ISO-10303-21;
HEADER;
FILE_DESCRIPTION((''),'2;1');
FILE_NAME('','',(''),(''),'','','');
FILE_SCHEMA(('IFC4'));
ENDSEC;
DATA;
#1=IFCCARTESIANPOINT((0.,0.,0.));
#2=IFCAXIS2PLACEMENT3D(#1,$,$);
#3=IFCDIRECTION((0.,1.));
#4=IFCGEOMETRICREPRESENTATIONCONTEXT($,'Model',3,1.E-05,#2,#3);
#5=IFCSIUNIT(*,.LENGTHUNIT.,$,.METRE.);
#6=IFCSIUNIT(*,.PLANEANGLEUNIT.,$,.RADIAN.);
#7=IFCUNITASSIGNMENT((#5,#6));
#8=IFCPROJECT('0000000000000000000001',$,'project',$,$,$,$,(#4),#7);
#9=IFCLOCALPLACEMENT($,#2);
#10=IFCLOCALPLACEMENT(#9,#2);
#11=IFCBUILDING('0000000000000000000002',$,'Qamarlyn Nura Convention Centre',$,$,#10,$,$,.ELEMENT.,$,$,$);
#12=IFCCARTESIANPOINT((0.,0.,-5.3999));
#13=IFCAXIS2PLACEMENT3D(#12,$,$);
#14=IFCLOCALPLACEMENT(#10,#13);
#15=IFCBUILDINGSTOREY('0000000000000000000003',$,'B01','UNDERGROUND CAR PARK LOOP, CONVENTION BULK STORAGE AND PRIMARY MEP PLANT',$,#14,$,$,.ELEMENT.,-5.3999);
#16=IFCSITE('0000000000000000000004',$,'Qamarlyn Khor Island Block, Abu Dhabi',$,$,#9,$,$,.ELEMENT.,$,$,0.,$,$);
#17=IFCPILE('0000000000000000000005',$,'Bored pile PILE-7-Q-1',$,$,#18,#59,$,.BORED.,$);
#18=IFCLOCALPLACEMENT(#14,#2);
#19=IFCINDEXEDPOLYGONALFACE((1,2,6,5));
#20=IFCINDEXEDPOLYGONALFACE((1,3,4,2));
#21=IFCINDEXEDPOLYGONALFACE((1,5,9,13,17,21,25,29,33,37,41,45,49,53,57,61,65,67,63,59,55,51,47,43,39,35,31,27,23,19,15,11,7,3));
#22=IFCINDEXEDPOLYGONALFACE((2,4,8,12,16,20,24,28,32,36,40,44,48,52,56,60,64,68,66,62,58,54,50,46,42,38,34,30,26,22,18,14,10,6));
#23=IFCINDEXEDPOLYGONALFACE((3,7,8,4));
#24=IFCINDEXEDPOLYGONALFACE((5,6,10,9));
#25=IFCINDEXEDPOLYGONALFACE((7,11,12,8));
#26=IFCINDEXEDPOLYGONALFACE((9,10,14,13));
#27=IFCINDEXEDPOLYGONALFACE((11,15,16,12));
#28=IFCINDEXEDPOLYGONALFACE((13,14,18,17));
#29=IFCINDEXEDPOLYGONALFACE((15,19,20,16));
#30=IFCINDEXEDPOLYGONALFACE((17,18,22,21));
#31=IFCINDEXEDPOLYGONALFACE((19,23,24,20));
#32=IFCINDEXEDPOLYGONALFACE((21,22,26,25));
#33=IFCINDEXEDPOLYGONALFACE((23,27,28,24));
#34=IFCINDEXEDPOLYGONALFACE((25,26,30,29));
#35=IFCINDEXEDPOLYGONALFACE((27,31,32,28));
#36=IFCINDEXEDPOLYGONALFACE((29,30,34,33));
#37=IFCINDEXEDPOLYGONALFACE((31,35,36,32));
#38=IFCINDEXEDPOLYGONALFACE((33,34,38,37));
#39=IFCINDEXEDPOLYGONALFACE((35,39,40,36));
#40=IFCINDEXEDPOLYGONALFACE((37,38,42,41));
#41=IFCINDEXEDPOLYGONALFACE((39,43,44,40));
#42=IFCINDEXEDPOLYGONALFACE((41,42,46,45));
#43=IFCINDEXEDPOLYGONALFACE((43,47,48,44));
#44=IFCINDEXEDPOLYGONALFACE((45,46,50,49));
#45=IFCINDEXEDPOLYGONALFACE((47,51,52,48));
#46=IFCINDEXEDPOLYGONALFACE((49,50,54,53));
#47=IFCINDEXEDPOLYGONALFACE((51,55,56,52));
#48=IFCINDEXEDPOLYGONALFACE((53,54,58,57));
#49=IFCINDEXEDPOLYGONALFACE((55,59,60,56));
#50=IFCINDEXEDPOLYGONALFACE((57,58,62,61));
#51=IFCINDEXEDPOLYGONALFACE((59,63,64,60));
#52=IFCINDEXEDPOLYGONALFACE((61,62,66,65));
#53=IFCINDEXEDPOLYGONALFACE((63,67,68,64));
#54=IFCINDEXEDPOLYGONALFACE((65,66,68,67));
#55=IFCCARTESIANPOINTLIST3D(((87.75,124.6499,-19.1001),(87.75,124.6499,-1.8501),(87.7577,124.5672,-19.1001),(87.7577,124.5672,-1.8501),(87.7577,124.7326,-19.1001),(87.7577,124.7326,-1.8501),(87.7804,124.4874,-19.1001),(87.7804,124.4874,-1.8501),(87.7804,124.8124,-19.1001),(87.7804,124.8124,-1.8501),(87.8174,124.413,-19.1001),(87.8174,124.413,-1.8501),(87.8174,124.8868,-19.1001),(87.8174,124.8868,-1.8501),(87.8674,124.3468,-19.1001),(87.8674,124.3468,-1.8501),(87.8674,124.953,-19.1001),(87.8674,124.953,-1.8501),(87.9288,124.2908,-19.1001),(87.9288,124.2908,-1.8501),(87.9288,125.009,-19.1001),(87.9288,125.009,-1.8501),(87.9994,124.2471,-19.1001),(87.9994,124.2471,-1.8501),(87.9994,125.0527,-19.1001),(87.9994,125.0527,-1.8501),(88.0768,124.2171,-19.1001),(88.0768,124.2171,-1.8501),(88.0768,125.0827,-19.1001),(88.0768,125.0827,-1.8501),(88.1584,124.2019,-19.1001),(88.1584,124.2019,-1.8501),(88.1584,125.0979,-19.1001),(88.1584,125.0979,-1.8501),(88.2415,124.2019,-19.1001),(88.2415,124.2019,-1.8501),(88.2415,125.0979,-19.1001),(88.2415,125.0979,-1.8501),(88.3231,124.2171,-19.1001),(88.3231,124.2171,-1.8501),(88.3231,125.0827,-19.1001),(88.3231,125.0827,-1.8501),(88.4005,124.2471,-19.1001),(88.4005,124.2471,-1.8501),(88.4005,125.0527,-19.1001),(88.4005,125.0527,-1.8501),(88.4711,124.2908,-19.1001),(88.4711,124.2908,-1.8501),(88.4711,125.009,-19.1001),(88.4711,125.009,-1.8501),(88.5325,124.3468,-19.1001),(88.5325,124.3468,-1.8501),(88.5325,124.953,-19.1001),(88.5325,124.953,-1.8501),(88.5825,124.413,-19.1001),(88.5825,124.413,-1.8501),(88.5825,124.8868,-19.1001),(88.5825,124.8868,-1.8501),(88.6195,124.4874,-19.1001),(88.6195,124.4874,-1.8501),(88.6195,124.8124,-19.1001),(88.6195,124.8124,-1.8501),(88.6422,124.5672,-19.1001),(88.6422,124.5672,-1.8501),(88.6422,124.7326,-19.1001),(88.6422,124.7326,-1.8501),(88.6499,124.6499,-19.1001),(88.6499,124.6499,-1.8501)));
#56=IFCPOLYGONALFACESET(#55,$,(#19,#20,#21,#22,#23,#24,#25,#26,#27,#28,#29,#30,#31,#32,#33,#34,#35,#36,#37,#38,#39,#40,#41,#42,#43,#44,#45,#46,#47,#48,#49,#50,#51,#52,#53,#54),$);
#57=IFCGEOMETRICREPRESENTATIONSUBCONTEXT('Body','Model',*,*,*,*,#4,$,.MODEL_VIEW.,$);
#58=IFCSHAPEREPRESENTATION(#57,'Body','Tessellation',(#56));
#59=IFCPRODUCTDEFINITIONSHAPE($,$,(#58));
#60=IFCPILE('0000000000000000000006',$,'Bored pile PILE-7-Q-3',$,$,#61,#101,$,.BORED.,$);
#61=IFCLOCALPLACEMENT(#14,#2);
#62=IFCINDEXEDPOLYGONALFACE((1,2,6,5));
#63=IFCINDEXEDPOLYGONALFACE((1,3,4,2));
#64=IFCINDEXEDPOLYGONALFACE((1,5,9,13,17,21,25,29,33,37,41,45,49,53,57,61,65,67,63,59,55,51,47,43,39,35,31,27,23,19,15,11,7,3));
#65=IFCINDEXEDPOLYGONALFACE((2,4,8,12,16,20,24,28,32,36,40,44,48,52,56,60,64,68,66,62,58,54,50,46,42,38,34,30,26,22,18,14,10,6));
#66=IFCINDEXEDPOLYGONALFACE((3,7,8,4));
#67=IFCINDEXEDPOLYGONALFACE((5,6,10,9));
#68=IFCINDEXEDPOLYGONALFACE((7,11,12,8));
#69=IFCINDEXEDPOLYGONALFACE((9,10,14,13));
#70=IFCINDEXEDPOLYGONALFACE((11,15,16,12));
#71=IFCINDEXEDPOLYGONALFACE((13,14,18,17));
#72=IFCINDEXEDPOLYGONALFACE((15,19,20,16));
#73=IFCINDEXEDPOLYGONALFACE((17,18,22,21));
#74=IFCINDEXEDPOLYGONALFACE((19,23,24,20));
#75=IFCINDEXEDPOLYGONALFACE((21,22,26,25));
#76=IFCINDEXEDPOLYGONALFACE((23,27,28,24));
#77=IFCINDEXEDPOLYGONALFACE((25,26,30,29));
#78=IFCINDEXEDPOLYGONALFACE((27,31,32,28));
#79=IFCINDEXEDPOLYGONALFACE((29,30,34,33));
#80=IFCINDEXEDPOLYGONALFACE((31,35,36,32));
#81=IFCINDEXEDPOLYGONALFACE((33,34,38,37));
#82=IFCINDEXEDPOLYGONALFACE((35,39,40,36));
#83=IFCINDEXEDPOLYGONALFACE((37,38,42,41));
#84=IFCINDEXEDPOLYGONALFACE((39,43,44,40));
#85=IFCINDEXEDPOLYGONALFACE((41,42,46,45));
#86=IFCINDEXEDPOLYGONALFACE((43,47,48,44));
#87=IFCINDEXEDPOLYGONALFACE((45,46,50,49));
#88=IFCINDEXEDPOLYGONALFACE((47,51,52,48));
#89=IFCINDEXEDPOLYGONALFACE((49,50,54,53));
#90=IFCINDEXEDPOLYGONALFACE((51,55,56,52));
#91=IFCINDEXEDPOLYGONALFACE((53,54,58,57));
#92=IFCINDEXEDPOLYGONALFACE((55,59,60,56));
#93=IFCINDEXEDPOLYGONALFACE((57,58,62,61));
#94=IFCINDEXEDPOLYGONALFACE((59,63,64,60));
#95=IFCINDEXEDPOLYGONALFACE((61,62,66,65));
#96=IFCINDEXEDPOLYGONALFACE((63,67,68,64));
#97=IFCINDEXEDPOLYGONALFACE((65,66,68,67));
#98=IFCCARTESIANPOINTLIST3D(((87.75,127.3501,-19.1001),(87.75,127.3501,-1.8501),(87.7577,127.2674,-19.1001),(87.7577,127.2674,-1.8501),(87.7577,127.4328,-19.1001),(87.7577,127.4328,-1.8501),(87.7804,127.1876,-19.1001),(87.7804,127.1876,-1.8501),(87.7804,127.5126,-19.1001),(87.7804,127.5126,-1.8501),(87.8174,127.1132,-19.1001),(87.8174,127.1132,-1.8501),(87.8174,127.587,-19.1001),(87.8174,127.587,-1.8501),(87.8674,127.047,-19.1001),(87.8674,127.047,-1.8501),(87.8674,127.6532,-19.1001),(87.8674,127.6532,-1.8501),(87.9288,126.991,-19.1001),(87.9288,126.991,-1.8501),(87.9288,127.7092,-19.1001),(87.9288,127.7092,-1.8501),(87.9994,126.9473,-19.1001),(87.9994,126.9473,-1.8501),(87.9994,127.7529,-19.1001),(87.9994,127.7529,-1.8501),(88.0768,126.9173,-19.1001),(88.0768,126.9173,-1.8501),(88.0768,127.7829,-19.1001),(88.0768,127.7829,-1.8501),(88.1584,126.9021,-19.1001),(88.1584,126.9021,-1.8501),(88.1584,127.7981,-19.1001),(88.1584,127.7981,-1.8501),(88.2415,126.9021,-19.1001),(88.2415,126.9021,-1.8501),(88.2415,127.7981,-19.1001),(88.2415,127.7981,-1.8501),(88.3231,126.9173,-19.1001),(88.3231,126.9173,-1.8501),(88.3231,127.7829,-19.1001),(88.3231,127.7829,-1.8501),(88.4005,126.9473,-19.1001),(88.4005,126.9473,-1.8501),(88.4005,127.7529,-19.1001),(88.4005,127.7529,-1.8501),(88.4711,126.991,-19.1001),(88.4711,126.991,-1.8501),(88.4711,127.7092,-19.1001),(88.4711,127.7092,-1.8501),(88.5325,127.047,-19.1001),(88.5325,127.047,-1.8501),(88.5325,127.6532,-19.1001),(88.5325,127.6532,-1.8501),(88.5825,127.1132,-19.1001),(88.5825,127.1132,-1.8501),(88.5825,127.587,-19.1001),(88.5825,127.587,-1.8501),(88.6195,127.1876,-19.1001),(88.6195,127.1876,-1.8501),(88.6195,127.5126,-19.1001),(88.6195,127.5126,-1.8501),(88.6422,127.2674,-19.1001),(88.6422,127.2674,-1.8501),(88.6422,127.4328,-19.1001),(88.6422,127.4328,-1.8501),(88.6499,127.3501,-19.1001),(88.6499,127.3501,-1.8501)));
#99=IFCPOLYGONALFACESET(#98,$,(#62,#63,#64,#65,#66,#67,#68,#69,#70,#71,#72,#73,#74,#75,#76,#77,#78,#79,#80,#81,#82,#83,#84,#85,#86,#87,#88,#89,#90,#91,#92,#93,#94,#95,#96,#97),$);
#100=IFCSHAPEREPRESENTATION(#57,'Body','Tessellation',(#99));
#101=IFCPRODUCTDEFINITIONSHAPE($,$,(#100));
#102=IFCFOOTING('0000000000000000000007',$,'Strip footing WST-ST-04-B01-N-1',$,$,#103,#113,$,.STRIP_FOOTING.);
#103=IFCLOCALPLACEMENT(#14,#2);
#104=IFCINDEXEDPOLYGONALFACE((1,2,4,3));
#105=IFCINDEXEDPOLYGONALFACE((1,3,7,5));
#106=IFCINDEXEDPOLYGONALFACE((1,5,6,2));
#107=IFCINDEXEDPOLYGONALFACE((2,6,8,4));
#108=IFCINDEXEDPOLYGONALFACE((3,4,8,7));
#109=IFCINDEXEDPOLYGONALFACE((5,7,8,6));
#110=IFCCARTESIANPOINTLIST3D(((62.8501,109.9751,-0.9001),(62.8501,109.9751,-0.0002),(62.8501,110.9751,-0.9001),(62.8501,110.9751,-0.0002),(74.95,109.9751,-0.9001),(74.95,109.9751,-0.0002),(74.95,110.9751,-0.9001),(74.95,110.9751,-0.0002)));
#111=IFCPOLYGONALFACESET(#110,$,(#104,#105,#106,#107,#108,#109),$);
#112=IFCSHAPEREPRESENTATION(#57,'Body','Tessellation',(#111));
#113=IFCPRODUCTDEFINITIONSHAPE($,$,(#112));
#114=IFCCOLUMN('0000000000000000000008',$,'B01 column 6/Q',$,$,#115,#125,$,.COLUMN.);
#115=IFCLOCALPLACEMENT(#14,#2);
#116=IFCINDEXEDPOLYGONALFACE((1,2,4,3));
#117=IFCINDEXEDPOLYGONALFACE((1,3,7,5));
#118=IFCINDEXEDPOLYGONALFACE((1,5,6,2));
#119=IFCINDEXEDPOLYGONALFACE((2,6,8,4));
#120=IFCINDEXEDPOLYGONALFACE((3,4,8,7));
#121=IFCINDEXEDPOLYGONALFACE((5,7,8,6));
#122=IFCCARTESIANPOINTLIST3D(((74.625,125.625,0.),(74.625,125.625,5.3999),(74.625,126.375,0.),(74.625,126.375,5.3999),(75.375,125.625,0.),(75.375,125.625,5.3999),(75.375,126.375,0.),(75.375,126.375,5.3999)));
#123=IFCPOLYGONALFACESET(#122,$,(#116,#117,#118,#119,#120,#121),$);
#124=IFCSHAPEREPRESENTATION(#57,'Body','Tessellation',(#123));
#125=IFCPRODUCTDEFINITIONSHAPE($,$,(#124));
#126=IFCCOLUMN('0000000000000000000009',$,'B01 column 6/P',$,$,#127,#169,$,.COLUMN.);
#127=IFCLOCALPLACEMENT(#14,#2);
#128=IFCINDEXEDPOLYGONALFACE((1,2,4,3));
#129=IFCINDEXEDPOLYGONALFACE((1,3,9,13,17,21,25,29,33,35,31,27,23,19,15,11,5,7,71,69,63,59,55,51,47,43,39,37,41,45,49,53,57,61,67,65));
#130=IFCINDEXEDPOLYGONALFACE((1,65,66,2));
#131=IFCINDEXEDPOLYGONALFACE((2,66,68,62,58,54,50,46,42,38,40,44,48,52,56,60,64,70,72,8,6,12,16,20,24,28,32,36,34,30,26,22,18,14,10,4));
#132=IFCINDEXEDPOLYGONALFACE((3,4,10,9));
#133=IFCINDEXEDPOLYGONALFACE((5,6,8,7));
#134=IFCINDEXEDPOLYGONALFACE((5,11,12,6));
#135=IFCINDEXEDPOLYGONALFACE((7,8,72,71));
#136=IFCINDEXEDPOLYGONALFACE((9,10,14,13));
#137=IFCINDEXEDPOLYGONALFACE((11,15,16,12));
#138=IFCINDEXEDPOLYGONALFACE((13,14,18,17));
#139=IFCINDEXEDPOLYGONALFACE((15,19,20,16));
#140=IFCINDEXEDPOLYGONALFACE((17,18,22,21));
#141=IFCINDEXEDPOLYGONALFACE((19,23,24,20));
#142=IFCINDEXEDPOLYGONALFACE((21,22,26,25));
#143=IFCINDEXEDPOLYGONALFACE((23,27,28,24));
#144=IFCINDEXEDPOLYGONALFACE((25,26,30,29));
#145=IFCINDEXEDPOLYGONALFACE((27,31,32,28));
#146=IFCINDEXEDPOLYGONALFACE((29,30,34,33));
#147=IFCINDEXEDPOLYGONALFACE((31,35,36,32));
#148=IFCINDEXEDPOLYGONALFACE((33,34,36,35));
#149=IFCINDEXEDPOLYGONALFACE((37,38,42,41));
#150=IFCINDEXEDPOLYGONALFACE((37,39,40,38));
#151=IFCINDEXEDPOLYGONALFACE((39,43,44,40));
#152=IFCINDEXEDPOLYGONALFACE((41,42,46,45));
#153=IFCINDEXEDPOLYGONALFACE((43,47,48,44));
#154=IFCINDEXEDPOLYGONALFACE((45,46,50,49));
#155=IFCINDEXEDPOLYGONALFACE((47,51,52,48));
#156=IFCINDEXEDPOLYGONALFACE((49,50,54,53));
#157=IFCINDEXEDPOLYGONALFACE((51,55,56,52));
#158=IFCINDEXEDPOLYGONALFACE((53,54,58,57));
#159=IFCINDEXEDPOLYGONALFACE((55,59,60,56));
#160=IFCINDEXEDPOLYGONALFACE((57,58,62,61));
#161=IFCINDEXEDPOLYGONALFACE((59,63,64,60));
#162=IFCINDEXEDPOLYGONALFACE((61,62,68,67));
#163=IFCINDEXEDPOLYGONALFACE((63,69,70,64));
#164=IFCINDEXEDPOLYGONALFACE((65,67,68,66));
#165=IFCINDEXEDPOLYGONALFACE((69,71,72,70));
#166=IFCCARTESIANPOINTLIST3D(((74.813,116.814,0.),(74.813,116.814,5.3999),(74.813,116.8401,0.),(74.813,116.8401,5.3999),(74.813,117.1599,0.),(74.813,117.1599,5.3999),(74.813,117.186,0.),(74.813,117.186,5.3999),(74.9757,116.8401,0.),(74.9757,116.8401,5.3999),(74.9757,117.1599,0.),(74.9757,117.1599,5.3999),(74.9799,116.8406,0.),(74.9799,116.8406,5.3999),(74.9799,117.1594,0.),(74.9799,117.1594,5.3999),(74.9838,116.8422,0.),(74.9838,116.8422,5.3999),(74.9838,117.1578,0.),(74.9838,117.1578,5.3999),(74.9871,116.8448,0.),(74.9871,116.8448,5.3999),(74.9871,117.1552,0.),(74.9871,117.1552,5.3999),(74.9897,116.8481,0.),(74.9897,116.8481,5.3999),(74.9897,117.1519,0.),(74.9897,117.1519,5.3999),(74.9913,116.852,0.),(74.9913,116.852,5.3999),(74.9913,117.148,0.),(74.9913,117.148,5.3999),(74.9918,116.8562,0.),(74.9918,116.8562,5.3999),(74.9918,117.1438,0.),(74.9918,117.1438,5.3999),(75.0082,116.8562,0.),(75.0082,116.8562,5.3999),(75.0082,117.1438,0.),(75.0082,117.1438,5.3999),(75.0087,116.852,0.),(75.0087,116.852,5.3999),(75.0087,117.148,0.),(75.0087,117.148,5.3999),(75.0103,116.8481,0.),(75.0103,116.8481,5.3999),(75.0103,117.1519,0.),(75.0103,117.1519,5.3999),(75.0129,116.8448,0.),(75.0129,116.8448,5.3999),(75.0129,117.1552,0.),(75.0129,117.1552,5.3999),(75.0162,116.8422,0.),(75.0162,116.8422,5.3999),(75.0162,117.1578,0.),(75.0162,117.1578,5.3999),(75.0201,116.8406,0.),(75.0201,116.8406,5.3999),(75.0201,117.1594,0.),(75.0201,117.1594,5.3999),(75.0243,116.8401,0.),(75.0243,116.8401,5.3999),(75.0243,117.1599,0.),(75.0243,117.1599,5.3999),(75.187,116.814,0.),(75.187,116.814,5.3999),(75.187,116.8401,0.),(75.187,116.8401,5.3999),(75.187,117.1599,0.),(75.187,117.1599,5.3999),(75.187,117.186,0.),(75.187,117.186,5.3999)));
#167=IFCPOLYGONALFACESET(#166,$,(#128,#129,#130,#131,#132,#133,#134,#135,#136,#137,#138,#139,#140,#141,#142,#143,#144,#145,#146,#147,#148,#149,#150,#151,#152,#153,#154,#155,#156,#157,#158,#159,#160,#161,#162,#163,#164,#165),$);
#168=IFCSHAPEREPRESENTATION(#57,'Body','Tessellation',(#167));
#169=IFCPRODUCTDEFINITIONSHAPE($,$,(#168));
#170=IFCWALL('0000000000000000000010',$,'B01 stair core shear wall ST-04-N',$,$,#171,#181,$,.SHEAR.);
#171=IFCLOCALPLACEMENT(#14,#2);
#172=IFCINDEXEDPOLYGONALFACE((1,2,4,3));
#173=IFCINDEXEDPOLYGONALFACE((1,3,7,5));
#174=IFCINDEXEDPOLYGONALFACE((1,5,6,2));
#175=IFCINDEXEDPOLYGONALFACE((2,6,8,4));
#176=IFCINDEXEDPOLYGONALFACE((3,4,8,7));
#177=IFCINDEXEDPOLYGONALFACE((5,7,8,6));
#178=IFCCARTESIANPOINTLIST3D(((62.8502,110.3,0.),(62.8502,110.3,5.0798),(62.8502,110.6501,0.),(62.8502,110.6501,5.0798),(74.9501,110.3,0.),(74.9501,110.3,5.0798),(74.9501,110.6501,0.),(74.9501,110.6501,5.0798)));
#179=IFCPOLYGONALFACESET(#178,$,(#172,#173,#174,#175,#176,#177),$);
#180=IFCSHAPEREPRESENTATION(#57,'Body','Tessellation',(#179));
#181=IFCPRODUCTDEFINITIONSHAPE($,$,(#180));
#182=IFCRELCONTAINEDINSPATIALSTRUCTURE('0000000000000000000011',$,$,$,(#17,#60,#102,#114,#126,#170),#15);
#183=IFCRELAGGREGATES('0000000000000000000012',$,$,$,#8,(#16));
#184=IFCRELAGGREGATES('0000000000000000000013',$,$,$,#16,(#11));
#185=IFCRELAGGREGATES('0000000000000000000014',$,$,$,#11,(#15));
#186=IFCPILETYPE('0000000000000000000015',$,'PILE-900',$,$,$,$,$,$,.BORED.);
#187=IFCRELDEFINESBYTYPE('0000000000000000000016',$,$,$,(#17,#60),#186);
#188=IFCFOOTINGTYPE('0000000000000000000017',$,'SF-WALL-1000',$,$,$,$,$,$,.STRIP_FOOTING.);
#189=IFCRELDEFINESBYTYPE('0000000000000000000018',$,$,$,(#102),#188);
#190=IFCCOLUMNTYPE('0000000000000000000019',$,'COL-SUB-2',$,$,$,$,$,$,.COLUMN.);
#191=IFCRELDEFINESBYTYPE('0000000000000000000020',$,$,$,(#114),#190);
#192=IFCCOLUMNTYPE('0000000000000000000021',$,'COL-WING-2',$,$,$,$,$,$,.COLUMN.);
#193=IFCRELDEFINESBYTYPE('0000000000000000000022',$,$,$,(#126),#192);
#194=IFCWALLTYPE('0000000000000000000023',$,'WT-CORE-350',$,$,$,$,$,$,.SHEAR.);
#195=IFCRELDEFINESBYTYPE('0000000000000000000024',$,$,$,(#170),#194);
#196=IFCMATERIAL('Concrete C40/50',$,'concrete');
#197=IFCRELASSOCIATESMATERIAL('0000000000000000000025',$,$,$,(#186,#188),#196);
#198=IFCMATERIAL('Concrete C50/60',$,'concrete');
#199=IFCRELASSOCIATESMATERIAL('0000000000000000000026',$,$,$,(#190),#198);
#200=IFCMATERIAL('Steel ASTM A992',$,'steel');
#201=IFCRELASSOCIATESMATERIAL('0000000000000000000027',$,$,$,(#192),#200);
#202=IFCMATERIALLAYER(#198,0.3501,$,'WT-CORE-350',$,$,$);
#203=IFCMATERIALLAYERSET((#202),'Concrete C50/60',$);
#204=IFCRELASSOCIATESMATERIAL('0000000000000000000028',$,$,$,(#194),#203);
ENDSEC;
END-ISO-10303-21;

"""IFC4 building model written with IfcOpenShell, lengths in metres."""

from ifc_helpers import new_model, si_unit, direction, frame, frame_2d, origin, origin_2d, place, context, subcontext, project, spatial, rectangle, circle, i_section, extrude, material, layer, layer_set, material_profile, profile_set, type_object, element, save


model = new_model("IFC4")

# Units and contexts
model_context = context("Model", 3, precision=1e-05, world=origin(), true_north=direction((0.0, 1.0)))
body_context = subcontext(model_context, "Body", "Model", "MODEL_VIEW")
ifc_project = project(units=[si_unit("LENGTHUNIT", "METRE"), si_unit("PLANEANGLEUNIT", "RADIAN")], contexts=[model_context])

# Site, building, storey
site_placement = place(None, origin())
site = spatial("IfcSite", under=ifc_project, at=site_placement, Name="Qamarlyn Khor Island Block, Abu Dhabi", CompositionType="ELEMENT", RefElevation=0.0)
building_placement = place(site_placement, origin())
building = spatial("IfcBuilding", under=site, at=building_placement, Name="Qamarlyn Nura Convention Centre", CompositionType="ELEMENT")
storey_placement = place(building_placement, frame((0.0, 0.0, -5.3999)))
storey = spatial("IfcBuildingStorey", under=building, at=storey_placement, Name="B01", Description="UNDERGROUND CAR PARK LOOP, CONVENTION BULK STORAGE AND PRIMARY MEP PLANT", CompositionType="ELEMENT", Elevation=-5.3999)

# Shared definitions
ifc_material_1 = material(Name="Concrete C40/50", Category="concrete")

# Piles
ifc_material_profile_1 = material_profile(ifc_material_1, circle(Radius=0.45, at=origin_2d()), Name="BORED PILE 900")
ifc_profile_set_1 = profile_set([ifc_material_profile_1], Name="Concrete C40/50")
pile_type = type_object("IfcPileType", Name="PILE-900", PredefinedType="BORED", material=ifc_profile_set_1)
for number, where, z_axis, x_axis, name in (
    (1, (88.2, 124.6499, -1.8501), (0.0, 0.0, -1.0), (1.0, 0.0, 0.0), "Bored pile PILE-7-Q-1"),
    (2, (88.2, 127.3501, -1.8501), (0.0, 0.0, -1.0), (1.0, 0.0, 0.0), "Bored pile PILE-7-Q-3"),
):
    element("IfcPile", number, at=place(storey_placement, frame(where, z_axis=z_axis, x_axis=x_axis)), inside=storey, type_object=pile_type, Name=name, PredefinedType="BORED", context=body_context, shape_type="SweptSolid", body=[
        extrude(circle(Radius=0.45, at=origin_2d()), origin(), (0.0, 0.0, 1.0), 17.25),
    ])

# Footing
ifc_material_profile_2 = material_profile(ifc_material_1, rectangle(XDim=1.0, YDim=0.8999, at=origin_2d()), Name="RC STRIP 1000x900")
ifc_profile_set_2 = profile_set([ifc_material_profile_2], Name="Concrete C40/50")
footing_type_1 = type_object("IfcFootingType", Name="SF-WALL-1000", PredefinedType="STRIP_FOOTING", material=ifc_profile_set_2)
footing_1_placement = place(storey_placement, frame((74.95, 110.4751, -0.4502), z_axis=(-1.0, 0.0, 0.0), x_axis=(0.0, -1.0, 0.0)))
element("IfcFooting", 3, at=footing_1_placement, inside=storey, type_object=footing_type_1, Name="Strip footing WST-ST-04-B01-N-1", PredefinedType="STRIP_FOOTING", context=body_context, shape_type="SweptSolid", body=[
    extrude(rectangle(XDim=1.0, YDim=0.8999, at=origin_2d()), origin(), (0.0, 0.0, 1.0), 12.0999),
])

# Columns
ifc_material_2 = material(Name="Concrete C50/60", Category="concrete")
ifc_material_profile_3 = material_profile(ifc_material_2, rectangle(XDim=0.75, YDim=0.75, at=origin_2d()), Name="RC 750x750")
ifc_profile_set_3 = profile_set([ifc_material_profile_3], Name="Concrete C50/60")
column_type_1 = type_object("IfcColumnType", Name="COL-SUB-2", PredefinedType="COLUMN", material=ifc_profile_set_3)
column_1_placement = place(storey_placement, frame((75.0, 126.0, 0.0), z_axis=(0.0, 0.0, 1.0), x_axis=(1.0, 0.0, 0.0)))
element("IfcColumn", 4, at=column_1_placement, inside=storey, type_object=column_type_1, Name="B01 column 6/Q", PredefinedType="COLUMN", context=body_context, shape_type="SweptSolid", body=[
    extrude(rectangle(XDim=0.75, YDim=0.75, at=origin_2d()), origin(), (0.0, 0.0, 1.0), 5.3999),
])
ifc_material_3 = material(Name="Steel ASTM A992", Category="steel")
ifc_material_profile_4 = material_profile(ifc_material_3, i_section(OverallWidth=0.374, OverallDepth=0.3721, WebThickness=0.0164, FlangeThickness=0.0261, FilletRadius=0.0161, at=origin_2d()), Name="W360X196")
ifc_profile_set_4 = profile_set([ifc_material_profile_4], Name="Steel ASTM A992")
column_type_2 = type_object("IfcColumnType", Name="COL-WING-2", PredefinedType="COLUMN", material=ifc_profile_set_4)
column_2_placement = place(storey_placement, frame((75.0, 117.0, 0.0), z_axis=(0.0, 0.0, 1.0), x_axis=(1.0, 0.0, 0.0)))
element("IfcColumn", 5, at=column_2_placement, inside=storey, type_object=column_type_2, Name="B01 column 6/P", PredefinedType="COLUMN", context=body_context, shape_type="SweptSolid", body=[
    extrude(i_section(OverallWidth=0.374, OverallDepth=0.3721, WebThickness=0.0164, FlangeThickness=0.0261, FilletRadius=0.0161, at=origin_2d()), origin(), (0.0, 0.0, 1.0), 5.3999),
])

# Wall
ifc_layer_1 = layer(ifc_material_2, 0.3501, Name="WT-CORE-350")
ifc_layer_set_1 = layer_set([ifc_layer_1], Name="Concrete C50/60")
wall_type_1 = type_object("IfcWallType", Name="WT-CORE-350", PredefinedType="SHEAR", material=ifc_layer_set_1)
wall_1_placement = place(storey_placement, frame((74.95, 110.4751, 0.0), z_axis=(0.0, 0.0, 1.0), x_axis=(-1.0, 0.0, 0.0)))
element("IfcWall", 6, at=wall_1_placement, inside=storey, type_object=wall_type_1, Name="B01 stair core shear wall ST-04-N", PredefinedType="SHEAR", context=body_context, shape_type="SweptSolid", body=[
    extrude(rectangle(XDim=12.0999, YDim=0.3501, at=frame_2d((6.0498, 0.0))), origin(), (0.0, 0.0, 1.0), 5.0798),
])

save(model, "model.ifc")
